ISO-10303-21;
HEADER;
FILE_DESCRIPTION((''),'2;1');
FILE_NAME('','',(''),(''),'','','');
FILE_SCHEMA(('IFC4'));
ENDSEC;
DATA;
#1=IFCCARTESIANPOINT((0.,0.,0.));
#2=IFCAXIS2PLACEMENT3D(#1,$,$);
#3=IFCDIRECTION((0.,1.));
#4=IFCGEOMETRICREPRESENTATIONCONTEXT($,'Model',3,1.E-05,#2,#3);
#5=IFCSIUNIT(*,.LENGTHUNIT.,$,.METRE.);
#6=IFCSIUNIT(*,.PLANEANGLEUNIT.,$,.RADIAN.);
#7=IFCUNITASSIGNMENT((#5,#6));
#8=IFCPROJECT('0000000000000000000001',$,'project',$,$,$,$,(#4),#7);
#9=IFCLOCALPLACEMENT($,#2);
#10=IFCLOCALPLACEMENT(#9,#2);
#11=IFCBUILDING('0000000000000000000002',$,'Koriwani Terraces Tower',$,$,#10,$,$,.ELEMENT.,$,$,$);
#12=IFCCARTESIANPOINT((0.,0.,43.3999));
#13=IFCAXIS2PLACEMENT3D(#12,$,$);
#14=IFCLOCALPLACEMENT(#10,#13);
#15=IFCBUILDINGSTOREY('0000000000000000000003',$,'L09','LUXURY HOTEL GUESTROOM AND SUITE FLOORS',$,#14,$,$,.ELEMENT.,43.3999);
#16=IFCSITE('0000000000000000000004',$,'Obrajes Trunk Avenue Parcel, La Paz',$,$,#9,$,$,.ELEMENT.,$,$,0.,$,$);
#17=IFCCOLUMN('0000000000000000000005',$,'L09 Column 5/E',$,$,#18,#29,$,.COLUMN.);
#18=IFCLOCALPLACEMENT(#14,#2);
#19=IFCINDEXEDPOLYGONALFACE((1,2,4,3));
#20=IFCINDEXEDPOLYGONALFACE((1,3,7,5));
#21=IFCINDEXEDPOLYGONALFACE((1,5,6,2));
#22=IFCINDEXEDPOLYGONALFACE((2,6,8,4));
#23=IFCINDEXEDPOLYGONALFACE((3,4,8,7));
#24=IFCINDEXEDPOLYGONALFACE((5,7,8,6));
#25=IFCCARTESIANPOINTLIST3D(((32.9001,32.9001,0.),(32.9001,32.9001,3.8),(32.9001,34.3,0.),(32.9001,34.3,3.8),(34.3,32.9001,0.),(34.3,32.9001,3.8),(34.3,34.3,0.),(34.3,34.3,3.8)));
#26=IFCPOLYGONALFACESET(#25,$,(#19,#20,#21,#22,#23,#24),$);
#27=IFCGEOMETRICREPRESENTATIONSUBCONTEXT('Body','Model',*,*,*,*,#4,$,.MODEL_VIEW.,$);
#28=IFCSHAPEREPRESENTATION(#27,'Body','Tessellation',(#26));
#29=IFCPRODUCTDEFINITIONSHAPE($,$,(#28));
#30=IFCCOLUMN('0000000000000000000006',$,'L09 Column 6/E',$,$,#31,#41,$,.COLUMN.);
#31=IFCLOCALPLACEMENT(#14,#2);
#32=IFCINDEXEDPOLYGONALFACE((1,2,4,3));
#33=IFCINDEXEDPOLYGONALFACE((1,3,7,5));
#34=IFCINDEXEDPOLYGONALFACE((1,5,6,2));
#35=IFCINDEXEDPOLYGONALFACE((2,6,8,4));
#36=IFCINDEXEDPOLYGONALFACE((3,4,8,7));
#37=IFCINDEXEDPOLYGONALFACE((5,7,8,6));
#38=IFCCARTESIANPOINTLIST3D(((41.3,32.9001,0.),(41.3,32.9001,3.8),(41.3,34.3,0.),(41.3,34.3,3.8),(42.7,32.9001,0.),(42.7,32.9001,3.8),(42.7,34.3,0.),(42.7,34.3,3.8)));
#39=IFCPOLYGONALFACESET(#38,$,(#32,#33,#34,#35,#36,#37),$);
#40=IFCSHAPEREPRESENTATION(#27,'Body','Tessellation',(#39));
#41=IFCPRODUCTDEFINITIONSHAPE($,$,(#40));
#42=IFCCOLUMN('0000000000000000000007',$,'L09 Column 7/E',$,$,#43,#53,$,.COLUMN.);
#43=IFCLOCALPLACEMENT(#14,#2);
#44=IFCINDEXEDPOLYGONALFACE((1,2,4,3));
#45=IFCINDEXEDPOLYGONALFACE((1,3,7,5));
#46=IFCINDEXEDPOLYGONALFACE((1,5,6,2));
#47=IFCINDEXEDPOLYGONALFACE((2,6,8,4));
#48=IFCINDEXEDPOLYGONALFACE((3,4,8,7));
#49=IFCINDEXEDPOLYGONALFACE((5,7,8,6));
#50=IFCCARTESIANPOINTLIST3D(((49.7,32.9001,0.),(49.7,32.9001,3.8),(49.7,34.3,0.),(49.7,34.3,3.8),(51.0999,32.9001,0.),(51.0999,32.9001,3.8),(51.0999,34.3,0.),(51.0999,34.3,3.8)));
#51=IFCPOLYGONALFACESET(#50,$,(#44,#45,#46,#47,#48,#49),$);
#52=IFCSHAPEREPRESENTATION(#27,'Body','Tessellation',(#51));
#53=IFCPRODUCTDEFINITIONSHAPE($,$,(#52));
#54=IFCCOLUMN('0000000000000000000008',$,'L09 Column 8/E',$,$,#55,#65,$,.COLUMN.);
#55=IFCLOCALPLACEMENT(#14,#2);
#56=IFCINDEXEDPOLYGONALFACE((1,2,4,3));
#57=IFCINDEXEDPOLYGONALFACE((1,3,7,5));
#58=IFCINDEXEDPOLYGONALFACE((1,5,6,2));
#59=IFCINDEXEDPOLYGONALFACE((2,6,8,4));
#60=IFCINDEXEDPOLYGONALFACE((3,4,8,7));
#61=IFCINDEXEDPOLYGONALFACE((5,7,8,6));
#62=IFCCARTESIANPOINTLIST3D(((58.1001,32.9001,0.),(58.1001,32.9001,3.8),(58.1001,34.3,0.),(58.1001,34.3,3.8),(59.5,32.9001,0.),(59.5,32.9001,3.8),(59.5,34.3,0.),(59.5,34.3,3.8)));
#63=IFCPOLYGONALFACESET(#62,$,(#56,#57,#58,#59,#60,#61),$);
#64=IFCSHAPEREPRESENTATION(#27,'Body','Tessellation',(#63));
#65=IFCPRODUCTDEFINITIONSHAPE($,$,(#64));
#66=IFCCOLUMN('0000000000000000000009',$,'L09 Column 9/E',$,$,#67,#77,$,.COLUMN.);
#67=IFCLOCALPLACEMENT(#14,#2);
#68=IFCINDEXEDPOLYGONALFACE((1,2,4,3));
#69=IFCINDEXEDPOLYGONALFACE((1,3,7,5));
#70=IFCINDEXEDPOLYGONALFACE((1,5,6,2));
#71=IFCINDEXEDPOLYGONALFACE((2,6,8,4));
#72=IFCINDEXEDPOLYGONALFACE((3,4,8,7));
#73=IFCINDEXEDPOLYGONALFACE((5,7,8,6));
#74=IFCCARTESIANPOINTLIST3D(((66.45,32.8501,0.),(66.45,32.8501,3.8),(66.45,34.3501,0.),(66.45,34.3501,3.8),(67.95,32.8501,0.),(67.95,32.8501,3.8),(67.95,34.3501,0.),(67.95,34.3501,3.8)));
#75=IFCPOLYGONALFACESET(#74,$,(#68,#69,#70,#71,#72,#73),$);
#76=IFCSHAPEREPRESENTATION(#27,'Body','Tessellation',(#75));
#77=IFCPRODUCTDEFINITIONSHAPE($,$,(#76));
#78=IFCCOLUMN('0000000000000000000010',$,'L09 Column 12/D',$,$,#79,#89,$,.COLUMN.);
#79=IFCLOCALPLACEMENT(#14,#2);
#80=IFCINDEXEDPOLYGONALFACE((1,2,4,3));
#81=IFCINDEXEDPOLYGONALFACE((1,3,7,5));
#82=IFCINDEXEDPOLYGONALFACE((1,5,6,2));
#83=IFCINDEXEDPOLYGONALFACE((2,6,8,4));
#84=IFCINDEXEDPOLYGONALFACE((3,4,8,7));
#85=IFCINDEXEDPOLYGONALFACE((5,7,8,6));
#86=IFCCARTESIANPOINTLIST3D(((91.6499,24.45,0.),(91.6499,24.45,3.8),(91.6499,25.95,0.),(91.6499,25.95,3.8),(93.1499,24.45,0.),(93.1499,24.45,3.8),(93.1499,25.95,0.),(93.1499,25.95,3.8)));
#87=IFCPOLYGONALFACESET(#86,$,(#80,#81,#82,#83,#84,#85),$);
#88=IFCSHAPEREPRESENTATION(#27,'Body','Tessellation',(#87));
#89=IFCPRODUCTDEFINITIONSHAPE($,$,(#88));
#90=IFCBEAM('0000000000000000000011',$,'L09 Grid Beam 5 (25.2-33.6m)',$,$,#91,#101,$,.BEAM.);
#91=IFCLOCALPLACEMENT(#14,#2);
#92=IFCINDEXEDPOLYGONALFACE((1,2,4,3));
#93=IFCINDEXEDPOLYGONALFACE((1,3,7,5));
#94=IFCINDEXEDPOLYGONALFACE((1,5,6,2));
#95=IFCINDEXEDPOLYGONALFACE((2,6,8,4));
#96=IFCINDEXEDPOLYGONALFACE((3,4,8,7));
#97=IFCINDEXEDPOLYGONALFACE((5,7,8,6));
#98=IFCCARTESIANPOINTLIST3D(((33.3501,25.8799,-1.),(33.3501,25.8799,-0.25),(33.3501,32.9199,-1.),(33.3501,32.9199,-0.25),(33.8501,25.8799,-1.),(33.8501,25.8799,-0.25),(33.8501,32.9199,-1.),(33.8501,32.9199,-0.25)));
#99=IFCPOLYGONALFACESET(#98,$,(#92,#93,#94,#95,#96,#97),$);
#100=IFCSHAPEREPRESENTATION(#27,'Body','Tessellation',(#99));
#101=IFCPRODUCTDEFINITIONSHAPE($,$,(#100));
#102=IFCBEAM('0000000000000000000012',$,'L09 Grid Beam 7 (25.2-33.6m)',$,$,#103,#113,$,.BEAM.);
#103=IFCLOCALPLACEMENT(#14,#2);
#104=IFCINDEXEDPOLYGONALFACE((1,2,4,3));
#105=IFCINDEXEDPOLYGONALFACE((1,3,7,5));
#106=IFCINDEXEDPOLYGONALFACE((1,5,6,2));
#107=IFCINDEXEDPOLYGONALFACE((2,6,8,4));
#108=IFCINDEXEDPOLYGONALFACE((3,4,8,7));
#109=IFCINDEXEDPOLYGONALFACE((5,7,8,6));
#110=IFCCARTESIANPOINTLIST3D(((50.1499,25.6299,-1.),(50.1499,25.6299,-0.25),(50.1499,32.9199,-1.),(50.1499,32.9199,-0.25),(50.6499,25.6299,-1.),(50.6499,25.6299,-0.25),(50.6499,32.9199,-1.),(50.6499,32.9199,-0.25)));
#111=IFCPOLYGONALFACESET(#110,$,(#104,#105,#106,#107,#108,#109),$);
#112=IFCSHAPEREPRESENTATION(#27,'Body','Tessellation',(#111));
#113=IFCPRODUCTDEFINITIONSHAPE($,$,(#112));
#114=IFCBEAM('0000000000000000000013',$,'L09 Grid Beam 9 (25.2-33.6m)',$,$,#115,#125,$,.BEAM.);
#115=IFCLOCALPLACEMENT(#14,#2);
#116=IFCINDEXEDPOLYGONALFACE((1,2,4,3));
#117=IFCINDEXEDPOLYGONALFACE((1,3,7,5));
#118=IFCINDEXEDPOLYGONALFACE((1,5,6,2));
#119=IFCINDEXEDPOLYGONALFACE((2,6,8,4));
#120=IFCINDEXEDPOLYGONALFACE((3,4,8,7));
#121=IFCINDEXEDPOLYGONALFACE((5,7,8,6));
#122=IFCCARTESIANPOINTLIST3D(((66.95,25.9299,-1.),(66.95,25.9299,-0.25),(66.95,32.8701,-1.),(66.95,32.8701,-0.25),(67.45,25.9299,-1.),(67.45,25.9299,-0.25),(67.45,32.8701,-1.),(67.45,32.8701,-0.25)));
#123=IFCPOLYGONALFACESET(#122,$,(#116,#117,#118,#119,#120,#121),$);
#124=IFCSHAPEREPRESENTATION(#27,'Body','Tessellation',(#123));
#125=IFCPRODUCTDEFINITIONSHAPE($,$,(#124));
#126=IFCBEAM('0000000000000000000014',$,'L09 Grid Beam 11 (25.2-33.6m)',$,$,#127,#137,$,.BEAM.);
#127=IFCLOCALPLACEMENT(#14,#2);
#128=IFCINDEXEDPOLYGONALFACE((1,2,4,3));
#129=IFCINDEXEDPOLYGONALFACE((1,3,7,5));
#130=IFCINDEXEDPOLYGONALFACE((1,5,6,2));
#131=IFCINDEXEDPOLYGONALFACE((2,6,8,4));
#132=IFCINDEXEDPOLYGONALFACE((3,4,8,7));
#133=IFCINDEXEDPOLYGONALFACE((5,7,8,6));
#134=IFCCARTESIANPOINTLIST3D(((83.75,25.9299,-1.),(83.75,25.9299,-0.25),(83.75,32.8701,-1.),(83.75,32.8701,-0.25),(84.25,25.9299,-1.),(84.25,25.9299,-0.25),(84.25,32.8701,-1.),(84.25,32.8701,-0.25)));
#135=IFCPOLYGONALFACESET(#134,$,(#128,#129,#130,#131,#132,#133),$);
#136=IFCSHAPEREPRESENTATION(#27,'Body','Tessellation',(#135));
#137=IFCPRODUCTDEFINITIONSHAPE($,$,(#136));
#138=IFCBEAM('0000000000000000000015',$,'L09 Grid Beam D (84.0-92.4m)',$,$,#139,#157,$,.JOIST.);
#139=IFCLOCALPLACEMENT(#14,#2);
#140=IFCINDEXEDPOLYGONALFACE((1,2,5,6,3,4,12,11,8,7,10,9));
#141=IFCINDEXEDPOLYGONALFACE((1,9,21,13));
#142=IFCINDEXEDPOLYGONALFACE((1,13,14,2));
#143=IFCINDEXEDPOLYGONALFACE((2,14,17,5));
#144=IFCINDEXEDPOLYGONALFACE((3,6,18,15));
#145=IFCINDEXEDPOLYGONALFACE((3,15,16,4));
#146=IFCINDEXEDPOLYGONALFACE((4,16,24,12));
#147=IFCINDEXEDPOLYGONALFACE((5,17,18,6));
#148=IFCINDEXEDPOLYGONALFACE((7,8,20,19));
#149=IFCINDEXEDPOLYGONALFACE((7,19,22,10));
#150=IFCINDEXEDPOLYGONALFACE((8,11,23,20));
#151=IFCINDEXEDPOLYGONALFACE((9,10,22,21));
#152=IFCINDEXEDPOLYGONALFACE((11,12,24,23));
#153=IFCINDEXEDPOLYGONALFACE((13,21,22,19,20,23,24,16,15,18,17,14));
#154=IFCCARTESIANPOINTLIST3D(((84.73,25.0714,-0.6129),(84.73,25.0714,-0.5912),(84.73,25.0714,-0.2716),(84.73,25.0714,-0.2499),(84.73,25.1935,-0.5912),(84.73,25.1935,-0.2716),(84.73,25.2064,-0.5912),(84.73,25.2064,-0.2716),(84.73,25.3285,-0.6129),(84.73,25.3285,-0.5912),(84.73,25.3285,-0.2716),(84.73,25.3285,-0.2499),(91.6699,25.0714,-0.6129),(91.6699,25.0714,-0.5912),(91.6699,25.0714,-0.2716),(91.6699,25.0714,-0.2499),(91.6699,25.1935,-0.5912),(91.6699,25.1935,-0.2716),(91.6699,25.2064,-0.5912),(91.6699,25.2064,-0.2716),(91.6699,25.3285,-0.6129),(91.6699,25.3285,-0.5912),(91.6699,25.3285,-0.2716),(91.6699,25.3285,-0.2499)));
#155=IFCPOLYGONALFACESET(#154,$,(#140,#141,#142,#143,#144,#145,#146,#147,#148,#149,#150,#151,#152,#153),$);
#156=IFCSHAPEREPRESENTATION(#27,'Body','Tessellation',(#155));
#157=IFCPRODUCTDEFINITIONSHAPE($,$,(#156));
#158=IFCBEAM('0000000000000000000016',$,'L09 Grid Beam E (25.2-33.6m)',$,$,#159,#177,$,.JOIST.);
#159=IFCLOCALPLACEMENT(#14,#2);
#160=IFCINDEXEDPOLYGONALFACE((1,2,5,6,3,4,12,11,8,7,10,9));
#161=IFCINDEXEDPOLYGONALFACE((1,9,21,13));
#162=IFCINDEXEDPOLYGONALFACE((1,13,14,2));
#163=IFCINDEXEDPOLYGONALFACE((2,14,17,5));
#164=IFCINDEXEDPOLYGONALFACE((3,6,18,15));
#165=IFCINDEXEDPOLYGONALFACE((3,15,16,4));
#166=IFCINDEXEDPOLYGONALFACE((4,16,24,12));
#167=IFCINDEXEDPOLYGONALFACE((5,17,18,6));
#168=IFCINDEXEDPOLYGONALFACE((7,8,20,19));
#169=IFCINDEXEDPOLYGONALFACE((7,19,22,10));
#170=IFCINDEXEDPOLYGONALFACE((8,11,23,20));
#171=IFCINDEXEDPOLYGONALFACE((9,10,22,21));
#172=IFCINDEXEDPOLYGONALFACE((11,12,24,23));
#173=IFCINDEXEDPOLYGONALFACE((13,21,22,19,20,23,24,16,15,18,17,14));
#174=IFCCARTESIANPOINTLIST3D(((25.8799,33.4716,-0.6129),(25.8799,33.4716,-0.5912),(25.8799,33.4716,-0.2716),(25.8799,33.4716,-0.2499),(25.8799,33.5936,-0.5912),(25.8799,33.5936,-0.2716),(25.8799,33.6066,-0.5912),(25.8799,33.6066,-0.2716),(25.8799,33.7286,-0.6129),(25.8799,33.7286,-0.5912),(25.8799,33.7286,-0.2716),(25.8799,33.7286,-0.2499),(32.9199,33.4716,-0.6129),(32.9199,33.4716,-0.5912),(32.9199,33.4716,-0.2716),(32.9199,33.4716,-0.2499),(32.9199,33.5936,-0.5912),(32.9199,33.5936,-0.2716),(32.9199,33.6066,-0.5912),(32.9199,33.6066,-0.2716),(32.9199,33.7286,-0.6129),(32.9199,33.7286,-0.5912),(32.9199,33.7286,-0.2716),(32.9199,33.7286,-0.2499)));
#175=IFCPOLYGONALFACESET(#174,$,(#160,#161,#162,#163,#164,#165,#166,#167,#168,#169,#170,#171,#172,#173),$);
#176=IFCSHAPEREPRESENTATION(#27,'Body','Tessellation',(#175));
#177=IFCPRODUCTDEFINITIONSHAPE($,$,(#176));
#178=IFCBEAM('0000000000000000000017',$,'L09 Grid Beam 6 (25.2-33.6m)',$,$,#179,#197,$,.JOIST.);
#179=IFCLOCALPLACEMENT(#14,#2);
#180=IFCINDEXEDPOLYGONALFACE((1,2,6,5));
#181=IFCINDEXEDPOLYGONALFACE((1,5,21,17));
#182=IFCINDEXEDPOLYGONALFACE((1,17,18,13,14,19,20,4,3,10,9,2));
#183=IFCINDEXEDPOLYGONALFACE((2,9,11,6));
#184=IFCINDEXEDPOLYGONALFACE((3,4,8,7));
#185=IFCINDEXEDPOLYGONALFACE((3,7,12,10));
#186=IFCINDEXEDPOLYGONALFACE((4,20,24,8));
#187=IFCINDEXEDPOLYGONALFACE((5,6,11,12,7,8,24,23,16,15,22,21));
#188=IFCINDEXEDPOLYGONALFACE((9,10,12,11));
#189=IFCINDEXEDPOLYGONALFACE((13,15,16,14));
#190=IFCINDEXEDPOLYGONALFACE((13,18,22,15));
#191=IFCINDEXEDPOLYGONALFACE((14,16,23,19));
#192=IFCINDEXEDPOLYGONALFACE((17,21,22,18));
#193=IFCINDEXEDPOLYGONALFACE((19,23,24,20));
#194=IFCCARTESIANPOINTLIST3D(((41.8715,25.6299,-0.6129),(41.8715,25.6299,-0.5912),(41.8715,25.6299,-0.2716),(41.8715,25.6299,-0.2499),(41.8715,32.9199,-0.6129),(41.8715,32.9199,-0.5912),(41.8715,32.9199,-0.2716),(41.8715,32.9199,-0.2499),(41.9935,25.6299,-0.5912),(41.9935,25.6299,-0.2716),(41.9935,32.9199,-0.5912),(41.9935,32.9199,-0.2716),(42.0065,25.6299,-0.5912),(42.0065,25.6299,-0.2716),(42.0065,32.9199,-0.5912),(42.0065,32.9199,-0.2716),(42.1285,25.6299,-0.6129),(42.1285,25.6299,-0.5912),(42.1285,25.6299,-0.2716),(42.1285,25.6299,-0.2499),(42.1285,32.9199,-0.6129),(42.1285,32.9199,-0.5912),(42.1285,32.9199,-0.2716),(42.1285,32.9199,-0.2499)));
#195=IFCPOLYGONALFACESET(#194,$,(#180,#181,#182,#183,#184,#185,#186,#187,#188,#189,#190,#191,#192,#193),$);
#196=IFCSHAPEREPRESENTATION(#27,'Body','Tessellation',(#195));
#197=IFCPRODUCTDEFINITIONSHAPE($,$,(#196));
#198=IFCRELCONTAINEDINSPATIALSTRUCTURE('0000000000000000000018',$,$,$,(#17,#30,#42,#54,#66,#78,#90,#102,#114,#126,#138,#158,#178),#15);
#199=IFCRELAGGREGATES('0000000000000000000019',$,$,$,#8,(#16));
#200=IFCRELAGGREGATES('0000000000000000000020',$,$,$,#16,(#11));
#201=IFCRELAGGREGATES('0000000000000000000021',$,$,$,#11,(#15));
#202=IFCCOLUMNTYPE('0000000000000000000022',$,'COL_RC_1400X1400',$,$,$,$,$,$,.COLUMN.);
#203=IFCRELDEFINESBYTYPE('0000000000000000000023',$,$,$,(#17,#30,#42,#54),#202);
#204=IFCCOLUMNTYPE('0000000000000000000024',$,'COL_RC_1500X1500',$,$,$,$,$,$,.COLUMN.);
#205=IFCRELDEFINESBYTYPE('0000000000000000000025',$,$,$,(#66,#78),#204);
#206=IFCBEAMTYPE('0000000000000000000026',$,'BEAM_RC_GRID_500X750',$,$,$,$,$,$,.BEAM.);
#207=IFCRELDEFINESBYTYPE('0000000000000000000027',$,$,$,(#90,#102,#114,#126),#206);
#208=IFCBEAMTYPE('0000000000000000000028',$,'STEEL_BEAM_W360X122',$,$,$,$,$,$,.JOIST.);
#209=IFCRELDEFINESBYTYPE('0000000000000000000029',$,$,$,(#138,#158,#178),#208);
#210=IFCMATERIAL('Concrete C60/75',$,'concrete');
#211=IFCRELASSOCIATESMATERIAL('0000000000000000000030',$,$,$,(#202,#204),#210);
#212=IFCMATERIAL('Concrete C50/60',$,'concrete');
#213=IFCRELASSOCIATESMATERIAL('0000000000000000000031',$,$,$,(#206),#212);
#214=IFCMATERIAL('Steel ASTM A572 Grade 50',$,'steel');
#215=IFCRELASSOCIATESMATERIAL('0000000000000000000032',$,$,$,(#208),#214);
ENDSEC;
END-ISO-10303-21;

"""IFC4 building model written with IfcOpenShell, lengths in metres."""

from ifc_helpers import new_model, si_unit, direction, frame, origin, origin_2d, place, context, subcontext, project, spatial, rectangle, i_section, extrude, material, material_profile, profile_set, type_object, element, save


model = new_model("IFC4")

# Units and contexts
model_context = context("Model", 3, precision=1e-05, world=origin(), true_north=direction((0.0, 1.0)))
body_context = subcontext(model_context, "Body", "Model", "MODEL_VIEW")
ifc_project = project(units=[si_unit("LENGTHUNIT", "METRE"), si_unit("PLANEANGLEUNIT", "RADIAN")], contexts=[model_context])

# Site, building, storey
site_placement = place(None, origin())
site = spatial("IfcSite", under=ifc_project, at=site_placement, Name="Obrajes Trunk Avenue Parcel, La Paz", CompositionType="ELEMENT", RefElevation=0.0)
building_placement = place(site_placement, origin())
building = spatial("IfcBuilding", under=site, at=building_placement, Name="Koriwani Terraces Tower", CompositionType="ELEMENT")
storey_placement = place(building_placement, frame((0.0, 0.0, 43.3999)))
storey = spatial("IfcBuildingStorey", under=building, at=storey_placement, Name="L09", Description="LUXURY HOTEL GUESTROOM AND SUITE FLOORS", CompositionType="ELEMENT", Elevation=43.3999)

# Columns
ifc_material_1 = material(Name="Concrete C60/75", Category="concrete")
ifc_material_profile_1 = material_profile(ifc_material_1, rectangle(XDim=1.3999, YDim=1.3999, at=origin_2d()), Name="Concrete C60/75", Category="LoadBearing")
ifc_profile_set_1 = profile_set([ifc_material_profile_1], Name="Concrete C60/75")
column_type_1 = type_object("IfcColumnType", Name="COL_RC_1400X1400", PredefinedType="COLUMN", material=ifc_profile_set_1)
for number, where, z_axis, x_axis, name in (
    (1, (33.6001, 33.6001, 0.0), (0.0, 0.0, 1.0), (1.0, 0.0, 0.0), "L09 Column 5/E"),
    (2, (42.0, 33.6001, 0.0), (0.0, 0.0, 1.0), (1.0, 0.0, 0.0), "L09 Column 6/E"),
    (3, (50.3999, 33.6001, 0.0), (0.0, 0.0, 1.0), (1.0, 0.0, 0.0), "L09 Column 7/E"),
    (4, (58.8, 33.6001, 0.0), (0.0, 0.0, 1.0), (1.0, 0.0, 0.0), "L09 Column 8/E"),
):
    element("IfcColumn", number, at=place(storey_placement, frame(where, z_axis=z_axis, x_axis=x_axis)), inside=storey, type_object=column_type_1, Name=name, PredefinedType="COLUMN", context=body_context, shape_type="SweptSolid", body=[
        extrude(rectangle(XDim=1.3999, YDim=1.3999, at=origin_2d()), origin(), (0.0, 0.0, 1.0), 3.8),
    ])
ifc_material_profile_2 = material_profile(ifc_material_1, rectangle(XDim=1.5, YDim=1.5, at=origin_2d()), Name="Concrete C60/75", Category="LoadBearing")
ifc_profile_set_2 = profile_set([ifc_material_profile_2], Name="Concrete C60/75")
column_type_2 = type_object("IfcColumnType", Name="COL_RC_1500X1500", PredefinedType="COLUMN", material=ifc_profile_set_2)
for number, where, z_axis, x_axis, name in (
    (5, (67.2, 33.6001, 0.0), (0.0, 0.0, 1.0), (1.0, 0.0, 0.0), "L09 Column 9/E"),
    (6, (92.3999, 25.2, 0.0), (0.0, 0.0, 1.0), (1.0, 0.0, 0.0), "L09 Column 12/D"),
):
    element("IfcColumn", number, at=place(storey_placement, frame(where, z_axis=z_axis, x_axis=x_axis)), inside=storey, type_object=column_type_2, Name=name, PredefinedType="COLUMN", context=body_context, shape_type="SweptSolid", body=[
        extrude(rectangle(XDim=1.5, YDim=1.5, at=origin_2d()), origin(), (0.0, 0.0, 1.0), 3.8),
    ])

# Beams
ifc_material_2 = material(Name="Concrete C50/60", Category="concrete")
ifc_material_profile_3 = material_profile(ifc_material_2, rectangle(XDim=0.5, YDim=0.75, at=origin_2d()), Name="Concrete C50/60", Category="LoadBearing")
ifc_profile_set_3 = profile_set([ifc_material_profile_3], Name="Concrete C50/60")
beam_type_1 = type_object("IfcBeamType", Name="BEAM_RC_GRID_500X750", PredefinedType="BEAM", material=ifc_profile_set_3)
beam_1_placement = place(storey_placement, frame((33.6001, 25.8799, -0.625), z_axis=(0.0, 1.0, 0.0), x_axis=(-1.0, 0.0, 0.0)))
element("IfcBeam", 7, at=beam_1_placement, inside=storey, type_object=beam_type_1, Name="L09 Grid Beam 5 (25.2-33.6m)", PredefinedType="BEAM", context=body_context, shape_type="SweptSolid", body=[
    extrude(rectangle(XDim=0.5, YDim=0.75, at=origin_2d()), origin(), (0.0, 0.0, 1.0), 7.04),
])
beam_2_placement = place(storey_placement, frame((50.3999, 25.6299, -0.625), z_axis=(0.0, 1.0, 0.0), x_axis=(-1.0, 0.0, 0.0)))
element("IfcBeam", 8, at=beam_2_placement, inside=storey, type_object=beam_type_1, Name="L09 Grid Beam 7 (25.2-33.6m)", PredefinedType="BEAM", context=body_context, shape_type="SweptSolid", body=[
    extrude(rectangle(XDim=0.5, YDim=0.75, at=origin_2d()), origin(), (0.0, 0.0, 1.0), 7.29),
])
for number, where, z_axis, x_axis, name in (
    (9, (67.2, 25.9299, -0.625), (0.0, 1.0, 0.0), (-1.0, 0.0, 0.0), "L09 Grid Beam 9 (25.2-33.6m)"),
    (10, (84.0, 25.9299, -0.625), (0.0, 1.0, 0.0), (-1.0, 0.0, 0.0), "L09 Grid Beam 11 (25.2-33.6m)"),
):
    element("IfcBeam", number, at=place(storey_placement, frame(where, z_axis=z_axis, x_axis=x_axis)), inside=storey, type_object=beam_type_1, Name=name, PredefinedType="BEAM", context=body_context, shape_type="SweptSolid", body=[
        extrude(rectangle(XDim=0.5, YDim=0.75, at=origin_2d()), origin(), (0.0, 0.0, 1.0), 6.9402),
    ])
ifc_material_3 = material(Name="Steel ASTM A572 Grade 50", Category="steel")
ifc_material_profile_4 = material_profile(ifc_material_3, i_section(OverallWidth=0.2571, OverallDepth=0.363, WebThickness=0.0129, FlangeThickness=0.0217, at=origin_2d()), Name="Steel ASTM A572 Grade 50", Category="LoadBearing")
ifc_profile_set_4 = profile_set([ifc_material_profile_4], Name="Steel ASTM A572 Grade 50")
beam_type_2 = type_object("IfcBeamType", Name="STEEL_BEAM_W360X122", PredefinedType="JOIST", material=ifc_profile_set_4)
beam_3_placement = place(storey_placement, frame((84.73, 25.2, -0.4314), z_axis=(1.0, 0.0, 0.0), x_axis=(0.0, 1.0, 0.0)))
element("IfcBeam", 11, at=beam_3_placement, inside=storey, type_object=beam_type_2, Name="L09 Grid Beam D (84.0-92.4m)", PredefinedType="JOIST", context=body_context, shape_type="SweptSolid", body=[
    extrude(i_section(OverallWidth=0.2571, OverallDepth=0.363, WebThickness=0.0129, FlangeThickness=0.0217, at=origin_2d()), origin(), (0.0, 0.0, 1.0), 6.9399),
])
beam_4_placement = place(storey_placement, frame((25.8799, 33.6001, -0.4314), z_axis=(1.0, 0.0, 0.0), x_axis=(0.0, 1.0, 0.0)))
element("IfcBeam", 12, at=beam_4_placement, inside=storey, type_object=beam_type_2, Name="L09 Grid Beam E (25.2-33.6m)", PredefinedType="JOIST", context=body_context, shape_type="SweptSolid", body=[
    extrude(i_section(OverallWidth=0.2571, OverallDepth=0.363, WebThickness=0.0129, FlangeThickness=0.0217, at=origin_2d()), origin(), (0.0, 0.0, 1.0), 7.04),
])
for number, where, z_axis, x_axis, name in (
    (13, (42.0, 25.6299, -0.4314), (0.0, 1.0, 0.0), (-1.0, 0.0, 0.0), "L09 Grid Beam 6 (25.2-33.6m)"),
):
    element("IfcBeam", number, at=place(storey_placement, frame(where, z_axis=z_axis, x_axis=x_axis)), inside=storey, type_object=beam_type_2, Name=name, PredefinedType="JOIST", context=body_context, shape_type="SweptSolid", body=[
        extrude(i_section(OverallWidth=0.2571, OverallDepth=0.363, WebThickness=0.0129, FlangeThickness=0.0217, at=origin_2d()), origin(), (0.0, 0.0, 1.0), 7.29),
    ])

save(model, "model.ifc")
